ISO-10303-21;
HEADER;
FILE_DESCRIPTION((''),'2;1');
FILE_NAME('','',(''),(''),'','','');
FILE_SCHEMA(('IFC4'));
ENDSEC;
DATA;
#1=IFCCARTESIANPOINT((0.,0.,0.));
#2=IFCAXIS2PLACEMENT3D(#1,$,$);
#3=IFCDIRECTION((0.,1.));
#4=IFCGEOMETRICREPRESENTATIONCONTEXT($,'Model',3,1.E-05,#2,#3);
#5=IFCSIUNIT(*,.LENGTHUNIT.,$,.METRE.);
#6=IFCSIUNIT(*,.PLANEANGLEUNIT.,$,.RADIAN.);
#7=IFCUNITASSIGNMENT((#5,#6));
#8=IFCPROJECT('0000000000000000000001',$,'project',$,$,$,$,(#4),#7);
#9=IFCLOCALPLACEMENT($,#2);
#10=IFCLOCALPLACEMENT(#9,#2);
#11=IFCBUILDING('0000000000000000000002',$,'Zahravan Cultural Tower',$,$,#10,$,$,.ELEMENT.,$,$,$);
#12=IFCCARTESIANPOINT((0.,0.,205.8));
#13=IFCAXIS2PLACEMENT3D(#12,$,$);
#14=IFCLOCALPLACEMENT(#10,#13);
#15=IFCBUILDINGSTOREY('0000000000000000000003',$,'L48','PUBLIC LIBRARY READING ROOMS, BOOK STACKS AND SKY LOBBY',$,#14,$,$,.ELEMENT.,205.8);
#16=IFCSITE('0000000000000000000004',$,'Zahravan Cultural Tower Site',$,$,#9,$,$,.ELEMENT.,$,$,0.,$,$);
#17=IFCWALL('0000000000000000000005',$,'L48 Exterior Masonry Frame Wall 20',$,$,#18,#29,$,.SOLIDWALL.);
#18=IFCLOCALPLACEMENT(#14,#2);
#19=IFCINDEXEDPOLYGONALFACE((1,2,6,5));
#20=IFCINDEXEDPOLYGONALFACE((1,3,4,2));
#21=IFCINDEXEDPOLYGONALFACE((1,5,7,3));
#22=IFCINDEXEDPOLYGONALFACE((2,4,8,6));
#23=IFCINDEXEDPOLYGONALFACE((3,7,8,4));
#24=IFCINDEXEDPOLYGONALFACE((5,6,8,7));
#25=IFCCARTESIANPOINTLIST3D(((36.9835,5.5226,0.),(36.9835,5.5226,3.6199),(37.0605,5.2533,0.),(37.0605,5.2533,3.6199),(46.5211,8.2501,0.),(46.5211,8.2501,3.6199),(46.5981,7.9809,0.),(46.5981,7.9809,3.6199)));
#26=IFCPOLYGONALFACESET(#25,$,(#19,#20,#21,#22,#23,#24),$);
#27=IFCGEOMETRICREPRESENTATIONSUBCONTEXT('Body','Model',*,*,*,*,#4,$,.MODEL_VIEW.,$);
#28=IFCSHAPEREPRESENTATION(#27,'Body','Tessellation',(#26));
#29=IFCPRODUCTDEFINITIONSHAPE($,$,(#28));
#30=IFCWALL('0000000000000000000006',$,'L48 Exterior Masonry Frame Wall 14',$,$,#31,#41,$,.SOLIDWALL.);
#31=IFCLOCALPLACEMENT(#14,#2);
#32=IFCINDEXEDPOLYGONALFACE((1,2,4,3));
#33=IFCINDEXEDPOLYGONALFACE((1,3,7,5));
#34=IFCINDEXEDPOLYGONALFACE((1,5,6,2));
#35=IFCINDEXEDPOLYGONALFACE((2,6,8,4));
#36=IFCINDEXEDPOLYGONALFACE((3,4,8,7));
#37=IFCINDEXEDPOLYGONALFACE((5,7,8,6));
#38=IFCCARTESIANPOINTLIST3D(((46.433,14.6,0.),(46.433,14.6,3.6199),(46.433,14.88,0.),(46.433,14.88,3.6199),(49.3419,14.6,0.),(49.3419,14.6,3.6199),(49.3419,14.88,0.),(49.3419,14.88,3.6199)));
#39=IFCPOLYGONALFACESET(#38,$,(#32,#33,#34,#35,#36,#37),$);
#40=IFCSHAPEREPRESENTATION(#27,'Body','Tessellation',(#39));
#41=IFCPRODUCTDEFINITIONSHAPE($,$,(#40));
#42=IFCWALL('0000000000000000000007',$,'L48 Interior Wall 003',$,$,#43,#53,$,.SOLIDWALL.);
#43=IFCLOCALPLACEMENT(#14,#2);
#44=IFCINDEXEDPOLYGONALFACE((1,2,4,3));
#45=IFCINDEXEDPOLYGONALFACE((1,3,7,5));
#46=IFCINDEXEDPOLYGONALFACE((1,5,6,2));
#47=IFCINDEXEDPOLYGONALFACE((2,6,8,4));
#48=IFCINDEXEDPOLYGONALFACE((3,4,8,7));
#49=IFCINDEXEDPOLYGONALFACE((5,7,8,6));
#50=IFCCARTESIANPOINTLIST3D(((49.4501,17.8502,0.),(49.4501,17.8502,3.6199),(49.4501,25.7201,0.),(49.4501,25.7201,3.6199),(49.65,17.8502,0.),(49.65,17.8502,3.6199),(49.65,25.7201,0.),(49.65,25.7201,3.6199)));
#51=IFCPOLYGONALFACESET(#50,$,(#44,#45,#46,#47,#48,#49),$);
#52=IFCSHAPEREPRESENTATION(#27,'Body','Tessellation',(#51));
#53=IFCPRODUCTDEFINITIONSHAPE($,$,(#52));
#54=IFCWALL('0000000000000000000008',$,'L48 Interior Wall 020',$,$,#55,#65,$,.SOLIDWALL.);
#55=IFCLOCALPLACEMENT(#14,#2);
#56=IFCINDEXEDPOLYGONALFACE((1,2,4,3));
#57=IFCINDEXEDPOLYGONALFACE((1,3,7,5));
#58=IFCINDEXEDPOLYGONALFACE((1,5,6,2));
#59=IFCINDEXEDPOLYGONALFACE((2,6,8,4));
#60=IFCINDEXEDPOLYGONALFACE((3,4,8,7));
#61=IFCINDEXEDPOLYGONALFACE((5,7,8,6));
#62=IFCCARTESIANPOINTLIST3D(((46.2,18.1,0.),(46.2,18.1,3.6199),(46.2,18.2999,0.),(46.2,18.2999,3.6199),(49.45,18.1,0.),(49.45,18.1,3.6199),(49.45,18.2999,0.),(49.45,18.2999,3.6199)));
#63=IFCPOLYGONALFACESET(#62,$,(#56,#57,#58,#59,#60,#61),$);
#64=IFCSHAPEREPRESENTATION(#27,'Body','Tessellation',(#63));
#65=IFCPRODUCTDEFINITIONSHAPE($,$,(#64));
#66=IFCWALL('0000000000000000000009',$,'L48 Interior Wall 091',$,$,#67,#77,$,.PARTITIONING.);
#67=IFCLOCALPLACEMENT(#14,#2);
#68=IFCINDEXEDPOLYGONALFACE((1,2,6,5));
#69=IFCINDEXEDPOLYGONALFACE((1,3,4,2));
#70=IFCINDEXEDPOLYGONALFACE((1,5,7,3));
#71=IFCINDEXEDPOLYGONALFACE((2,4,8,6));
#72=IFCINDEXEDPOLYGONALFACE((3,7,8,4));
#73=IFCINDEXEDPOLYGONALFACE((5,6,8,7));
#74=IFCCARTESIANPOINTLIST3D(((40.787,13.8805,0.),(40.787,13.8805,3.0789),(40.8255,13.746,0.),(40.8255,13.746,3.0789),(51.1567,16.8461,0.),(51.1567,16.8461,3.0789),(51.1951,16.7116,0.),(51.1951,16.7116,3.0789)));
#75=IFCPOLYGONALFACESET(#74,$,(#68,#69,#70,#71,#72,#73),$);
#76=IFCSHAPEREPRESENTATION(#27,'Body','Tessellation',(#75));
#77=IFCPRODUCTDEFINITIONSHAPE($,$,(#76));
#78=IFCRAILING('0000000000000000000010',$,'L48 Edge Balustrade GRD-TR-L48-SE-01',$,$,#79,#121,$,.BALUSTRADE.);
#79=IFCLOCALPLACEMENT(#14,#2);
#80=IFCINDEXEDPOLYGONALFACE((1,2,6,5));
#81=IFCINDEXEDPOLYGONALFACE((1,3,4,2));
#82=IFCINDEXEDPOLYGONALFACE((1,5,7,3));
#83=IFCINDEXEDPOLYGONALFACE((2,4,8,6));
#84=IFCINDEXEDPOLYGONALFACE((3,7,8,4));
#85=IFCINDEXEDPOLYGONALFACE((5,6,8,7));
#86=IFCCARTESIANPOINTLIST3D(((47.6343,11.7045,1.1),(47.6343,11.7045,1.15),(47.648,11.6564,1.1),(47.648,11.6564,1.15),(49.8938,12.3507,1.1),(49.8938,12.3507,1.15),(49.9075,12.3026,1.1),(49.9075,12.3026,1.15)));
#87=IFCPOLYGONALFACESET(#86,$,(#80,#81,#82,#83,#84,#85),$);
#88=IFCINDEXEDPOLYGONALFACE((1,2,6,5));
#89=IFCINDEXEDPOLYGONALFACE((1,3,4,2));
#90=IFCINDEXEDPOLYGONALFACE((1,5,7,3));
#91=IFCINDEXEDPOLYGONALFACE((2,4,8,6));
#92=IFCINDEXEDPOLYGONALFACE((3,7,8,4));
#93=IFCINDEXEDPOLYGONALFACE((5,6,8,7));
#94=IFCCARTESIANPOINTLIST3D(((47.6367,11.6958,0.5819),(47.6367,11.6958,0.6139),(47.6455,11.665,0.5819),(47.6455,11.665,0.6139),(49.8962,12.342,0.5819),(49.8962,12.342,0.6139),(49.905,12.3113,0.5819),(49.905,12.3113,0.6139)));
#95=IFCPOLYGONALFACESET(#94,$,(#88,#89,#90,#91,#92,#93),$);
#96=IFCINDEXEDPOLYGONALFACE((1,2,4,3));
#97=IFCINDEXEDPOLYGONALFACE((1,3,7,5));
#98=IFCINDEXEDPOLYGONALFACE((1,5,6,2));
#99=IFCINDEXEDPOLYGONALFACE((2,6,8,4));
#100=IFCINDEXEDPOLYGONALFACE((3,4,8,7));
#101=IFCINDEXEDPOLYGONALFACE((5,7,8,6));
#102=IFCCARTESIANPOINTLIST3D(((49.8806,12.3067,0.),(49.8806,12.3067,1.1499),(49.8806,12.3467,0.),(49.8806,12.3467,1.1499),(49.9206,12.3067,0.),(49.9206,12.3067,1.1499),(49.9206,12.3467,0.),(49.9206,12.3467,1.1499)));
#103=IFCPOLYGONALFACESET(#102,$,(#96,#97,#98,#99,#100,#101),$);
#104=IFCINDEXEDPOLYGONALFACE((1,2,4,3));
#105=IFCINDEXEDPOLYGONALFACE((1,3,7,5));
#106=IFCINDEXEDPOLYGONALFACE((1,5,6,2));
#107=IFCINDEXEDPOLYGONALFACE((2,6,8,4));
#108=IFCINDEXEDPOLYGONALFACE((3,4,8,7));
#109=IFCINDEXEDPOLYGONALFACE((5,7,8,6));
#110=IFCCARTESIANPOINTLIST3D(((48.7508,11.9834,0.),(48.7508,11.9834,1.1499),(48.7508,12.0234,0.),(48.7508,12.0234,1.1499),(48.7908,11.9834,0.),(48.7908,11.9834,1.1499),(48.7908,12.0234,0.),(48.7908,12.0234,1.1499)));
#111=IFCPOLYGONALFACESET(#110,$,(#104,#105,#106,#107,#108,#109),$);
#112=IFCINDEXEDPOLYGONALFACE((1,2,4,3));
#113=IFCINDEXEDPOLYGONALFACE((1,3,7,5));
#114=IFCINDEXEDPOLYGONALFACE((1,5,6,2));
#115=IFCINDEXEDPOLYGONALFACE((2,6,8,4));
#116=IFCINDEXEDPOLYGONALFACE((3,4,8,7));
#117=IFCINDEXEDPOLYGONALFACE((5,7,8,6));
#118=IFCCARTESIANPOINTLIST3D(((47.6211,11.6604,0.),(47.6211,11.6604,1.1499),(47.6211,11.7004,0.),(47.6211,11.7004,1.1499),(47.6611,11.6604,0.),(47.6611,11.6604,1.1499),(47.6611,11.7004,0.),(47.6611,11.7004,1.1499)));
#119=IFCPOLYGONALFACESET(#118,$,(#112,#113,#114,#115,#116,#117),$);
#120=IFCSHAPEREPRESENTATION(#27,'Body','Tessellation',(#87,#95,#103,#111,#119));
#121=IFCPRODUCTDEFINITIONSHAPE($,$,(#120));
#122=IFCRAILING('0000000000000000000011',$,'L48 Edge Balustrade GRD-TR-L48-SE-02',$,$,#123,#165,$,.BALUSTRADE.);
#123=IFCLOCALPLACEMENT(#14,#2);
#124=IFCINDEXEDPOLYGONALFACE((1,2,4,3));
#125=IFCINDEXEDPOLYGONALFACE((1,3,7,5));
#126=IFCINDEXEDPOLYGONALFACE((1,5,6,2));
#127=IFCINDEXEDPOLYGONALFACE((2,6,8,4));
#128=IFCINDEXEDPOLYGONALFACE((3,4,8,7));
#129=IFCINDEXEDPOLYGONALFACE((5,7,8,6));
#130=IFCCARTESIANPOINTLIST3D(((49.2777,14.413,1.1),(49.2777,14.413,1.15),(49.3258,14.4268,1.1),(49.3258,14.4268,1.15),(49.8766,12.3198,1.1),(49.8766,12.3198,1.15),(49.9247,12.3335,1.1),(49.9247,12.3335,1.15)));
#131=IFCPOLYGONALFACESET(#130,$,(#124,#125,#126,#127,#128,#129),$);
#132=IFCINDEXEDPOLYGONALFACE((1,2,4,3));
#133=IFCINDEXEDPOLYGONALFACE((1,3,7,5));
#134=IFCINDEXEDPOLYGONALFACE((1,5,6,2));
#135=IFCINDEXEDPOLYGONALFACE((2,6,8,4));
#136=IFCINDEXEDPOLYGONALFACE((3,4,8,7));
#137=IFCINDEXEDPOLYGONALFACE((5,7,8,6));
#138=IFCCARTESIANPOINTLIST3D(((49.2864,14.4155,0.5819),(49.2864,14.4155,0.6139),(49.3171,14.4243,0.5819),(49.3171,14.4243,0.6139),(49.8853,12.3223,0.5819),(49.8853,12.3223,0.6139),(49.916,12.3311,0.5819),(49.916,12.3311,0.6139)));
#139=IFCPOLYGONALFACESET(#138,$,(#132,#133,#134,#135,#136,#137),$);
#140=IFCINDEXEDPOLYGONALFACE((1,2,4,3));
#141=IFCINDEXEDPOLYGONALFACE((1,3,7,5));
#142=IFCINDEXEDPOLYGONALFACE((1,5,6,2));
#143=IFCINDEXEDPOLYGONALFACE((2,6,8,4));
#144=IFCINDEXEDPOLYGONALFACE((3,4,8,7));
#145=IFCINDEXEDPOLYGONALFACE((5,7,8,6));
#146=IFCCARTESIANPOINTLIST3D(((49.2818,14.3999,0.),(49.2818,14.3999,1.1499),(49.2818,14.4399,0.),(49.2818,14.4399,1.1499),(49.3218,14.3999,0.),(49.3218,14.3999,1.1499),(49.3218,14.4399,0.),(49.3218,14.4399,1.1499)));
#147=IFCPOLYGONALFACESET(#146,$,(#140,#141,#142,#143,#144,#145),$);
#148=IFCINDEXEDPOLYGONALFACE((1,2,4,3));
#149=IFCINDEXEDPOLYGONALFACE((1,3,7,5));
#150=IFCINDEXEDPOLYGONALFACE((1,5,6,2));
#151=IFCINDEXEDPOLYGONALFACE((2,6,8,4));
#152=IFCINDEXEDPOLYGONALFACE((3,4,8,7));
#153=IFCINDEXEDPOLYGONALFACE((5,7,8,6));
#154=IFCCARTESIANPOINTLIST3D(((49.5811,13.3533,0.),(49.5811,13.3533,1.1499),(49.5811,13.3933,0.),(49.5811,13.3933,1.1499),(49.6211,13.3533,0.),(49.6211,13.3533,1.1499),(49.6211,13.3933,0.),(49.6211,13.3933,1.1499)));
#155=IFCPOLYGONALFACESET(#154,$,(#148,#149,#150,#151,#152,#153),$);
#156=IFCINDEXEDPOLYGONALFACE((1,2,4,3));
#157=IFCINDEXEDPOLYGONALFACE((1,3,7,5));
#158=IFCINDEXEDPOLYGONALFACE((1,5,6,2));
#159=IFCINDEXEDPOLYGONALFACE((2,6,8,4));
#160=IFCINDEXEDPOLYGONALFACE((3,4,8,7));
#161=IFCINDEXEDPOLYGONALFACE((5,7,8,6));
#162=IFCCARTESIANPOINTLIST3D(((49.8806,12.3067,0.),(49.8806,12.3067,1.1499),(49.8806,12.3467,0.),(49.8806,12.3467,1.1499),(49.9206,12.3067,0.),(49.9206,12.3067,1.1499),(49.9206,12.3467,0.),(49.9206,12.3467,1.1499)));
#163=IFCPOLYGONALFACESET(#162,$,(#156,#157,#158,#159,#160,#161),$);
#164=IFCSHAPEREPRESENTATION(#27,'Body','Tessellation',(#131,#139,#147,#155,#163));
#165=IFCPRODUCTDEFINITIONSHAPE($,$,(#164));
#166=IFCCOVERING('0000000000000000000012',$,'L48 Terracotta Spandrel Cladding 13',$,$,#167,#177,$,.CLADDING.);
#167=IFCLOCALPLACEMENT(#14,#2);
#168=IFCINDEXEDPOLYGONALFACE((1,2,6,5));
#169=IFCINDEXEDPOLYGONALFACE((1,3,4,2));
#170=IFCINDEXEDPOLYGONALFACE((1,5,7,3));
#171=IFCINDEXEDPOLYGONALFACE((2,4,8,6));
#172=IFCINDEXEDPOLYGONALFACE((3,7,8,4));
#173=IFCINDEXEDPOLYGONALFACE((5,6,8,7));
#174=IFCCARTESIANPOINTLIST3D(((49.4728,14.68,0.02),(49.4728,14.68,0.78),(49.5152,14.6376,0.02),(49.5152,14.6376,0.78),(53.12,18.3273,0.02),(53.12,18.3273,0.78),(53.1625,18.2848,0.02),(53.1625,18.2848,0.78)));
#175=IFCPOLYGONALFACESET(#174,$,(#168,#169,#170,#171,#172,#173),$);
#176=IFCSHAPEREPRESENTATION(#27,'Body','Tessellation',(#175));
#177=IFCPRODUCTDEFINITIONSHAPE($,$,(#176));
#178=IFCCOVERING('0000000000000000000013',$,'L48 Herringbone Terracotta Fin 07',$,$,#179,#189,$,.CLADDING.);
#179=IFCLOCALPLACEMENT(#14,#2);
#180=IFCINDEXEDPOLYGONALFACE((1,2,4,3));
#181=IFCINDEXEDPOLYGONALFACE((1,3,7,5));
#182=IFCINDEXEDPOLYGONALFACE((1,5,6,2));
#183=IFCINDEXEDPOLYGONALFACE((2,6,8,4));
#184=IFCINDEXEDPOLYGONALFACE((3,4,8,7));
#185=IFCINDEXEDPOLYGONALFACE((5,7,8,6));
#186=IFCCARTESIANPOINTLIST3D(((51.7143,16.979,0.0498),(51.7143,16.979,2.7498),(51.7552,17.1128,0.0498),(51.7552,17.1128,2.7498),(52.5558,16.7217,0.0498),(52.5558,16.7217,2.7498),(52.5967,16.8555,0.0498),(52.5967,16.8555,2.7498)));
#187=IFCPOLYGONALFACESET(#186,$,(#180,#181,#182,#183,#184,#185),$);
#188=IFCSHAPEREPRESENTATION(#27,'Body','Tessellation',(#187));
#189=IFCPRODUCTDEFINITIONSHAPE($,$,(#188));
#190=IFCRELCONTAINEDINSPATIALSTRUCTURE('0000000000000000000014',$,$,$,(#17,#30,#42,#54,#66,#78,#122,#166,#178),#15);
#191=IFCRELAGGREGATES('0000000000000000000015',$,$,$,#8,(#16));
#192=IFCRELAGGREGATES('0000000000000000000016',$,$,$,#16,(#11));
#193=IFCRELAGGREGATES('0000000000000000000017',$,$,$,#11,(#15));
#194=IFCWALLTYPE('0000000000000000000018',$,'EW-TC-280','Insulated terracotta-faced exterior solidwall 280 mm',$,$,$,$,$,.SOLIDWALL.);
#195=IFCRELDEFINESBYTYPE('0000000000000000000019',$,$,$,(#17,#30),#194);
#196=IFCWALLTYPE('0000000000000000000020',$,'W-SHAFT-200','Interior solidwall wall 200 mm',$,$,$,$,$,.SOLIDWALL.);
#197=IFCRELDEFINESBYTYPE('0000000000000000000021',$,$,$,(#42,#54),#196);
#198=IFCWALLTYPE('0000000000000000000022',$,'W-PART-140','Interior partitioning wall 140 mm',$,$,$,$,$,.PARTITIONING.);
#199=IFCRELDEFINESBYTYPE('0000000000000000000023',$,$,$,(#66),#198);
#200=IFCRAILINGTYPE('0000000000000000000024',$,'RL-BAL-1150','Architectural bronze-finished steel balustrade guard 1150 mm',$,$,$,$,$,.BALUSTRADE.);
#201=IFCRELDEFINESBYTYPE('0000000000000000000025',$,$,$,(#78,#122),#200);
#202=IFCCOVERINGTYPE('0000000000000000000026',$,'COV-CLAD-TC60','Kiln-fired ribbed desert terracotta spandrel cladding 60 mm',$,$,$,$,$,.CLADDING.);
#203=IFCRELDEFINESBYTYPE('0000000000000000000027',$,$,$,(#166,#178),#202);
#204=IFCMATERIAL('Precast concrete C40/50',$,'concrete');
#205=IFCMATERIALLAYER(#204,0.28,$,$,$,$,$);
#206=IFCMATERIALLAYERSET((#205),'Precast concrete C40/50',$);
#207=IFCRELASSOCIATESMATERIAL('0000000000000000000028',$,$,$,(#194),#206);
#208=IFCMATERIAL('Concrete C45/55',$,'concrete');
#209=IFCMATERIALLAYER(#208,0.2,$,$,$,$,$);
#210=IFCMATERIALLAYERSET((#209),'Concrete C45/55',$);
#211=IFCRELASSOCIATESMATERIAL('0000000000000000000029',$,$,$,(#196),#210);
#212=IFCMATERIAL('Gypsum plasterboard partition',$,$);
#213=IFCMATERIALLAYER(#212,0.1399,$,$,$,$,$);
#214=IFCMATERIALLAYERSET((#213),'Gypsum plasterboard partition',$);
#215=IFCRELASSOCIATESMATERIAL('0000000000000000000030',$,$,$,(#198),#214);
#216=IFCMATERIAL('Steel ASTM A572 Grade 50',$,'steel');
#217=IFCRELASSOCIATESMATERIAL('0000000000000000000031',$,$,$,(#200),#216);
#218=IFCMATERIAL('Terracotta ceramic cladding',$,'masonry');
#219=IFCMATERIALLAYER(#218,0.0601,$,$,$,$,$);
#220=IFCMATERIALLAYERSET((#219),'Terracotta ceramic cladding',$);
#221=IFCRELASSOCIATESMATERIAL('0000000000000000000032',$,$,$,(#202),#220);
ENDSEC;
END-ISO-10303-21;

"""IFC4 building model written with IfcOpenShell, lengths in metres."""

from ifc_helpers import new_model, si_unit, direction, frame, frame_2d, origin, origin_2d, place, context, subcontext, project, spatial, rectangle, extrude, source, transform, mapped, material, layer, layer_set, type_object, element, save


model = new_model("IFC4")

# Units and contexts
model_context = context("Model", 3, precision=1e-05, world=origin(), true_north=direction((0.0, 1.0)))
body_context = subcontext(model_context, "Body", "Model", "MODEL_VIEW")
ifc_project = project(units=[si_unit("LENGTHUNIT", "METRE"), si_unit("PLANEANGLEUNIT", "RADIAN")], contexts=[model_context])

# Site, building, storey
site_placement = place(None, origin())
site = spatial("IfcSite", under=ifc_project, at=site_placement, Name="Zahravan Cultural Tower Site", CompositionType="ELEMENT", RefElevation=0.0)
building_placement = place(site_placement, origin())
building = spatial("IfcBuilding", under=site, at=building_placement, Name="Zahravan Cultural Tower", CompositionType="ELEMENT")
storey_placement = place(building_placement, frame((0.0, 0.0, 205.8)))
storey = spatial("IfcBuildingStorey", under=building, at=storey_placement, Name="L48", Description="PUBLIC LIBRARY READING ROOMS, BOOK STACKS AND SKY LOBBY", CompositionType="ELEMENT", Elevation=205.8)

# Shared definitions
ifc_material_1 = material(Name="Precast concrete C40/50", Category="concrete")
ifc_layer_1 = layer(ifc_material_1, 0.28)
ifc_layer_set_1 = layer_set([ifc_layer_1], Name="Precast concrete C40/50")
wall_type_1 = type_object("IfcWallType", Name="EW-TC-280", Description="Insulated terracotta-faced exterior solidwall 280 mm", PredefinedType="SOLIDWALL", material=ifc_layer_set_1)
ifc_material_2 = material(Name="Concrete C45/55", Category="concrete")
ifc_layer_2 = layer(ifc_material_2, 0.2)
ifc_layer_set_2 = layer_set([ifc_layer_2], Name="Concrete C45/55")
wall_type_2 = type_object("IfcWallType", Name="W-SHAFT-200", Description="Interior solidwall wall 200 mm", PredefinedType="SOLIDWALL", material=ifc_layer_set_2)
ifc_material_3 = material(Name="Steel ASTM A572 Grade 50", Category="steel")

# Walls
shared_shape_1 = source(origin(), body_context, "Body", "SweptSolid", [
    extrude(rectangle(XDim=9.9199, YDim=0.28, at=frame_2d((4.96, 0.0))), origin(), (0.0, 0.0, 1.0), 3.6199),
])
wall_1_placement = place(storey_placement, frame((46.5596, 8.1155, 0.0), z_axis=(0.0, 0.0, 1.0), x_axis=(-0.961457, -0.274955, 0.0)))
element("IfcWall", 1, at=wall_1_placement, inside=storey, type_object=wall_type_1, Name="L48 Exterior Masonry Frame Wall 20", PredefinedType="SOLIDWALL", context=body_context, shape_type="MappedRepresentation", body=[
    mapped(shared_shape_1, transform((0.0, 0.0, 0.0), x_axis=(1.0, 0.0, 0.0), y_axis=(0.0, 1.0, 0.0), z_axis=(0.0, 0.0, 1.0), scale=1.0)),
])
shared_shape_2 = source(origin(), body_context, "Body", "SweptSolid", [
    extrude(rectangle(XDim=2.9089, YDim=0.28, at=frame_2d((1.4546, 0.0))), origin(), (0.0, 0.0, 1.0), 3.6199),
])
wall_2_placement = place(storey_placement, frame((49.342, 14.74, 0.0), z_axis=(0.0, 0.0, 1.0), x_axis=(-1.0, 0.0, 0.0)))
element("IfcWall", 2, at=wall_2_placement, inside=storey, type_object=wall_type_1, Name="L48 Exterior Masonry Frame Wall 14", PredefinedType="SOLIDWALL", context=body_context, shape_type="MappedRepresentation", body=[
    mapped(shared_shape_2, transform((0.0, 0.0, 0.0), x_axis=(1.0, 0.0, 0.0), y_axis=(0.0, 1.0, 0.0), z_axis=(0.0, 0.0, 1.0), scale=1.0)),
])
shared_shape_3 = source(origin(), body_context, "Body", "SweptSolid", [
    extrude(rectangle(XDim=7.8699, YDim=0.2, at=frame_2d((3.9351, 0.0))), origin(), (0.0, 0.0, 1.0), 3.6199),
])
wall_3_placement = place(storey_placement, frame((49.55, 17.8501, 0.0), z_axis=(0.0, 0.0, 1.0), x_axis=(0.0, 1.0, 0.0)))
element("IfcWall", 3, at=wall_3_placement, inside=storey, type_object=wall_type_2, Name="L48 Interior Wall 003", PredefinedType="SOLIDWALL", context=body_context, shape_type="MappedRepresentation", body=[
    mapped(shared_shape_3, transform((0.0, 0.0, 0.0), x_axis=(1.0, 0.0, 0.0), y_axis=(0.0, 1.0, 0.0), z_axis=(0.0, 0.0, 1.0), scale=1.0)),
])
shared_shape_4 = source(origin(), body_context, "Body", "SweptSolid", [
    extrude(rectangle(XDim=3.25, YDim=0.2, at=frame_2d((1.625, 0.0))), origin(), (0.0, 0.0, 1.0), 3.6199),
])
wall_4_placement = place(storey_placement, frame((46.2, 18.2, 0.0), z_axis=(0.0, 0.0, 1.0), x_axis=(1.0, 0.0, 0.0)))
element("IfcWall", 4, at=wall_4_placement, inside=storey, type_object=wall_type_2, Name="L48 Interior Wall 020", PredefinedType="SOLIDWALL", context=body_context, shape_type="MappedRepresentation", body=[
    mapped(shared_shape_4, transform((0.0, 0.0, 0.0), x_axis=(1.0, 0.0, 0.0), y_axis=(0.0, 1.0, 0.0), z_axis=(0.0, 0.0, 1.0), scale=1.0)),
])
ifc_material_4 = material(Name="Gypsum plasterboard partition")
ifc_layer_3 = layer(ifc_material_4, 0.1399)
ifc_layer_set_3 = layer_set([ifc_layer_3], Name="Gypsum plasterboard partition")
wall_type_3 = type_object("IfcWallType", Name="W-PART-140", Description="Interior partitioning wall 140 mm", PredefinedType="PARTITIONING", material=ifc_layer_set_3)
shared_shape_5 = source(origin(), body_context, "Body", "SweptSolid", [
    extrude(rectangle(XDim=10.7854, YDim=0.1399, at=frame_2d((5.3926, 0.0))), origin(), (0.0, 0.0, 1.0), 3.0789),
])
wall_5_placement = place(storey_placement, frame((51.1758, 16.7788, 0.0), z_axis=(0.0, 0.0, 1.0), x_axis=(-0.961455, -0.274963, 0.0)))
element("IfcWall", 5, at=wall_5_placement, inside=storey, type_object=wall_type_3, Name="L48 Interior Wall 091", PredefinedType="PARTITIONING", context=body_context, shape_type="MappedRepresentation", body=[
    mapped(shared_shape_5, transform((0.0, 0.0, 0.0), x_axis=(1.0, 0.0, 0.0), y_axis=(0.0, 1.0, 0.0), z_axis=(0.0, 0.0, 1.0), scale=1.0)),
])

# Railings
railing_type = type_object("IfcRailingType", Name="RL-BAL-1150", Description="Architectural bronze-finished steel balustrade guard 1150 mm", PredefinedType="BALUSTRADE", material=ifc_material_3)
railing_1_placement = place(storey_placement, frame((49.9006, 12.3267, 0.0)))
element("IfcRailing", 6, at=railing_1_placement, inside=storey, type_object=railing_type, Name="L48 Edge Balustrade GRD-TR-L48-SE-01", PredefinedType="BALUSTRADE", context=body_context, shape_type="SweptSolid", body=[
    extrude(rectangle(XDim=0.05, YDim=0.05, at=origin_2d()), frame((0.0, 0.0, 1.125), z_axis=(-0.961449, -0.274982, 0.0), x_axis=(0.274982, -0.961449, 0.0)), (0.0, 0.0, 1.0), 2.3501),
    extrude(rectangle(XDim=0.032, YDim=0.032, at=origin_2d()), frame((0.0, 0.0, 0.5979), z_axis=(-0.961449, -0.274982, 0.0), x_axis=(0.274982, -0.961449, 0.0)), (0.0, 0.0, 1.0), 2.3501),
    extrude(rectangle(XDim=0.04, YDim=0.04, at=origin_2d()), origin(), (0.0, 0.0, 1.0), 1.1499),
    extrude(rectangle(XDim=0.04, YDim=0.04, at=origin_2d()), frame((-1.1299, -0.3232, 0.0)), (0.0, 0.0, 1.0), 1.1499),
    extrude(rectangle(XDim=0.04, YDim=0.04, at=origin_2d()), frame((-2.2595, -0.6462, 0.0)), (0.0, 0.0, 1.0), 1.1499),
])
railing_2_placement = place(storey_placement, frame((49.3018, 14.4199, 0.0)))
element("IfcRailing", 7, at=railing_2_placement, inside=storey, type_object=railing_type, Name="L48 Edge Balustrade GRD-TR-L48-SE-02", PredefinedType="BALUSTRADE", context=body_context, shape_type="SweptSolid", body=[
    extrude(rectangle(XDim=0.05, YDim=0.05, at=origin_2d()), frame((0.0, 0.0, 1.125), z_axis=(0.275062, -0.961427, 0.0), x_axis=(0.961427, 0.275062, 0.0)), (0.0, 0.0, 1.0), 2.1772),
    extrude(rectangle(XDim=0.032, YDim=0.032, at=origin_2d()), frame((0.0, 0.0, 0.5979), z_axis=(0.275062, -0.961427, 0.0), x_axis=(0.961427, 0.275062, 0.0)), (0.0, 0.0, 1.0), 2.1772),
    extrude(rectangle(XDim=0.04, YDim=0.04, at=origin_2d()), origin(), (0.0, 0.0, 1.0), 1.1499),
    extrude(rectangle(XDim=0.04, YDim=0.04, at=origin_2d()), frame((0.2993, -1.0466, 0.0)), (0.0, 0.0, 1.0), 1.1499),
    extrude(rectangle(XDim=0.04, YDim=0.04, at=origin_2d()), frame((0.5989, -2.0933, 0.0)), (0.0, 0.0, 1.0), 1.1499),
])

# Coverings
ifc_material_5 = material(Name="Terracotta ceramic cladding", Category="masonry")
ifc_layer_4 = layer(ifc_material_5, 0.0601)
ifc_layer_set_4 = layer_set([ifc_layer_4], Name="Terracotta ceramic cladding")
covering_type = type_object("IfcCoveringType", Name="COV-CLAD-TC60", Description="Kiln-fired ribbed desert terracotta spandrel cladding 60 mm", PredefinedType="CLADDING", material=ifc_layer_set_4)
shared_shape_6 = source(origin(), body_context, "Body", "SweptSolid", [
    extrude(rectangle(XDim=5.158, YDim=0.0601, at=origin_2d()), origin(), (0.0, 0.0, 1.0), 0.76),
])
covering_1_placement = place(storey_placement, frame((51.3176, 16.4824, 0.02), z_axis=(0.0, 0.0, 1.0), x_axis=(-0.707107, -0.707107, 0.0)))
element("IfcCovering", 8, at=covering_1_placement, inside=storey, type_object=covering_type, Name="L48 Terracotta Spandrel Cladding 13", PredefinedType="CLADDING", context=body_context, shape_type="MappedRepresentation", body=[
    mapped(shared_shape_6, transform((0.0, 0.0, 0.0), x_axis=(1.0, 0.0, 0.0), y_axis=(0.0, 1.0, 0.0), z_axis=(0.0, 0.0, 1.0), scale=1.0)),
])
shared_shape_7 = source(origin(), body_context, "Body", "SweptSolid", [
    extrude(rectangle(XDim=0.8799, YDim=0.1399, at=origin_2d()), origin(), (0.0, 0.0, 1.0), 2.7),
])
for number, where, z_axis, x_axis, name in (
    (9, (52.1555, 16.9172, 0.0498), (0.0, 0.0, 1.0), (0.956305, -0.292372, 0.0), "L48 Herringbone Terracotta Fin 07"),
):
    element("IfcCovering", number, at=place(storey_placement, frame(where, z_axis=z_axis, x_axis=x_axis)), inside=storey, type_object=covering_type, Name=name, PredefinedType="CLADDING", context=body_context, shape_type="MappedRepresentation", body=[
        mapped(shared_shape_7, transform((0.0, 0.0, 0.0), x_axis=(1.0, 0.0, 0.0), y_axis=(0.0, 1.0, 0.0), z_axis=(0.0, 0.0, 1.0), scale=1.0)),
    ])

save(model, "model.ifc")
